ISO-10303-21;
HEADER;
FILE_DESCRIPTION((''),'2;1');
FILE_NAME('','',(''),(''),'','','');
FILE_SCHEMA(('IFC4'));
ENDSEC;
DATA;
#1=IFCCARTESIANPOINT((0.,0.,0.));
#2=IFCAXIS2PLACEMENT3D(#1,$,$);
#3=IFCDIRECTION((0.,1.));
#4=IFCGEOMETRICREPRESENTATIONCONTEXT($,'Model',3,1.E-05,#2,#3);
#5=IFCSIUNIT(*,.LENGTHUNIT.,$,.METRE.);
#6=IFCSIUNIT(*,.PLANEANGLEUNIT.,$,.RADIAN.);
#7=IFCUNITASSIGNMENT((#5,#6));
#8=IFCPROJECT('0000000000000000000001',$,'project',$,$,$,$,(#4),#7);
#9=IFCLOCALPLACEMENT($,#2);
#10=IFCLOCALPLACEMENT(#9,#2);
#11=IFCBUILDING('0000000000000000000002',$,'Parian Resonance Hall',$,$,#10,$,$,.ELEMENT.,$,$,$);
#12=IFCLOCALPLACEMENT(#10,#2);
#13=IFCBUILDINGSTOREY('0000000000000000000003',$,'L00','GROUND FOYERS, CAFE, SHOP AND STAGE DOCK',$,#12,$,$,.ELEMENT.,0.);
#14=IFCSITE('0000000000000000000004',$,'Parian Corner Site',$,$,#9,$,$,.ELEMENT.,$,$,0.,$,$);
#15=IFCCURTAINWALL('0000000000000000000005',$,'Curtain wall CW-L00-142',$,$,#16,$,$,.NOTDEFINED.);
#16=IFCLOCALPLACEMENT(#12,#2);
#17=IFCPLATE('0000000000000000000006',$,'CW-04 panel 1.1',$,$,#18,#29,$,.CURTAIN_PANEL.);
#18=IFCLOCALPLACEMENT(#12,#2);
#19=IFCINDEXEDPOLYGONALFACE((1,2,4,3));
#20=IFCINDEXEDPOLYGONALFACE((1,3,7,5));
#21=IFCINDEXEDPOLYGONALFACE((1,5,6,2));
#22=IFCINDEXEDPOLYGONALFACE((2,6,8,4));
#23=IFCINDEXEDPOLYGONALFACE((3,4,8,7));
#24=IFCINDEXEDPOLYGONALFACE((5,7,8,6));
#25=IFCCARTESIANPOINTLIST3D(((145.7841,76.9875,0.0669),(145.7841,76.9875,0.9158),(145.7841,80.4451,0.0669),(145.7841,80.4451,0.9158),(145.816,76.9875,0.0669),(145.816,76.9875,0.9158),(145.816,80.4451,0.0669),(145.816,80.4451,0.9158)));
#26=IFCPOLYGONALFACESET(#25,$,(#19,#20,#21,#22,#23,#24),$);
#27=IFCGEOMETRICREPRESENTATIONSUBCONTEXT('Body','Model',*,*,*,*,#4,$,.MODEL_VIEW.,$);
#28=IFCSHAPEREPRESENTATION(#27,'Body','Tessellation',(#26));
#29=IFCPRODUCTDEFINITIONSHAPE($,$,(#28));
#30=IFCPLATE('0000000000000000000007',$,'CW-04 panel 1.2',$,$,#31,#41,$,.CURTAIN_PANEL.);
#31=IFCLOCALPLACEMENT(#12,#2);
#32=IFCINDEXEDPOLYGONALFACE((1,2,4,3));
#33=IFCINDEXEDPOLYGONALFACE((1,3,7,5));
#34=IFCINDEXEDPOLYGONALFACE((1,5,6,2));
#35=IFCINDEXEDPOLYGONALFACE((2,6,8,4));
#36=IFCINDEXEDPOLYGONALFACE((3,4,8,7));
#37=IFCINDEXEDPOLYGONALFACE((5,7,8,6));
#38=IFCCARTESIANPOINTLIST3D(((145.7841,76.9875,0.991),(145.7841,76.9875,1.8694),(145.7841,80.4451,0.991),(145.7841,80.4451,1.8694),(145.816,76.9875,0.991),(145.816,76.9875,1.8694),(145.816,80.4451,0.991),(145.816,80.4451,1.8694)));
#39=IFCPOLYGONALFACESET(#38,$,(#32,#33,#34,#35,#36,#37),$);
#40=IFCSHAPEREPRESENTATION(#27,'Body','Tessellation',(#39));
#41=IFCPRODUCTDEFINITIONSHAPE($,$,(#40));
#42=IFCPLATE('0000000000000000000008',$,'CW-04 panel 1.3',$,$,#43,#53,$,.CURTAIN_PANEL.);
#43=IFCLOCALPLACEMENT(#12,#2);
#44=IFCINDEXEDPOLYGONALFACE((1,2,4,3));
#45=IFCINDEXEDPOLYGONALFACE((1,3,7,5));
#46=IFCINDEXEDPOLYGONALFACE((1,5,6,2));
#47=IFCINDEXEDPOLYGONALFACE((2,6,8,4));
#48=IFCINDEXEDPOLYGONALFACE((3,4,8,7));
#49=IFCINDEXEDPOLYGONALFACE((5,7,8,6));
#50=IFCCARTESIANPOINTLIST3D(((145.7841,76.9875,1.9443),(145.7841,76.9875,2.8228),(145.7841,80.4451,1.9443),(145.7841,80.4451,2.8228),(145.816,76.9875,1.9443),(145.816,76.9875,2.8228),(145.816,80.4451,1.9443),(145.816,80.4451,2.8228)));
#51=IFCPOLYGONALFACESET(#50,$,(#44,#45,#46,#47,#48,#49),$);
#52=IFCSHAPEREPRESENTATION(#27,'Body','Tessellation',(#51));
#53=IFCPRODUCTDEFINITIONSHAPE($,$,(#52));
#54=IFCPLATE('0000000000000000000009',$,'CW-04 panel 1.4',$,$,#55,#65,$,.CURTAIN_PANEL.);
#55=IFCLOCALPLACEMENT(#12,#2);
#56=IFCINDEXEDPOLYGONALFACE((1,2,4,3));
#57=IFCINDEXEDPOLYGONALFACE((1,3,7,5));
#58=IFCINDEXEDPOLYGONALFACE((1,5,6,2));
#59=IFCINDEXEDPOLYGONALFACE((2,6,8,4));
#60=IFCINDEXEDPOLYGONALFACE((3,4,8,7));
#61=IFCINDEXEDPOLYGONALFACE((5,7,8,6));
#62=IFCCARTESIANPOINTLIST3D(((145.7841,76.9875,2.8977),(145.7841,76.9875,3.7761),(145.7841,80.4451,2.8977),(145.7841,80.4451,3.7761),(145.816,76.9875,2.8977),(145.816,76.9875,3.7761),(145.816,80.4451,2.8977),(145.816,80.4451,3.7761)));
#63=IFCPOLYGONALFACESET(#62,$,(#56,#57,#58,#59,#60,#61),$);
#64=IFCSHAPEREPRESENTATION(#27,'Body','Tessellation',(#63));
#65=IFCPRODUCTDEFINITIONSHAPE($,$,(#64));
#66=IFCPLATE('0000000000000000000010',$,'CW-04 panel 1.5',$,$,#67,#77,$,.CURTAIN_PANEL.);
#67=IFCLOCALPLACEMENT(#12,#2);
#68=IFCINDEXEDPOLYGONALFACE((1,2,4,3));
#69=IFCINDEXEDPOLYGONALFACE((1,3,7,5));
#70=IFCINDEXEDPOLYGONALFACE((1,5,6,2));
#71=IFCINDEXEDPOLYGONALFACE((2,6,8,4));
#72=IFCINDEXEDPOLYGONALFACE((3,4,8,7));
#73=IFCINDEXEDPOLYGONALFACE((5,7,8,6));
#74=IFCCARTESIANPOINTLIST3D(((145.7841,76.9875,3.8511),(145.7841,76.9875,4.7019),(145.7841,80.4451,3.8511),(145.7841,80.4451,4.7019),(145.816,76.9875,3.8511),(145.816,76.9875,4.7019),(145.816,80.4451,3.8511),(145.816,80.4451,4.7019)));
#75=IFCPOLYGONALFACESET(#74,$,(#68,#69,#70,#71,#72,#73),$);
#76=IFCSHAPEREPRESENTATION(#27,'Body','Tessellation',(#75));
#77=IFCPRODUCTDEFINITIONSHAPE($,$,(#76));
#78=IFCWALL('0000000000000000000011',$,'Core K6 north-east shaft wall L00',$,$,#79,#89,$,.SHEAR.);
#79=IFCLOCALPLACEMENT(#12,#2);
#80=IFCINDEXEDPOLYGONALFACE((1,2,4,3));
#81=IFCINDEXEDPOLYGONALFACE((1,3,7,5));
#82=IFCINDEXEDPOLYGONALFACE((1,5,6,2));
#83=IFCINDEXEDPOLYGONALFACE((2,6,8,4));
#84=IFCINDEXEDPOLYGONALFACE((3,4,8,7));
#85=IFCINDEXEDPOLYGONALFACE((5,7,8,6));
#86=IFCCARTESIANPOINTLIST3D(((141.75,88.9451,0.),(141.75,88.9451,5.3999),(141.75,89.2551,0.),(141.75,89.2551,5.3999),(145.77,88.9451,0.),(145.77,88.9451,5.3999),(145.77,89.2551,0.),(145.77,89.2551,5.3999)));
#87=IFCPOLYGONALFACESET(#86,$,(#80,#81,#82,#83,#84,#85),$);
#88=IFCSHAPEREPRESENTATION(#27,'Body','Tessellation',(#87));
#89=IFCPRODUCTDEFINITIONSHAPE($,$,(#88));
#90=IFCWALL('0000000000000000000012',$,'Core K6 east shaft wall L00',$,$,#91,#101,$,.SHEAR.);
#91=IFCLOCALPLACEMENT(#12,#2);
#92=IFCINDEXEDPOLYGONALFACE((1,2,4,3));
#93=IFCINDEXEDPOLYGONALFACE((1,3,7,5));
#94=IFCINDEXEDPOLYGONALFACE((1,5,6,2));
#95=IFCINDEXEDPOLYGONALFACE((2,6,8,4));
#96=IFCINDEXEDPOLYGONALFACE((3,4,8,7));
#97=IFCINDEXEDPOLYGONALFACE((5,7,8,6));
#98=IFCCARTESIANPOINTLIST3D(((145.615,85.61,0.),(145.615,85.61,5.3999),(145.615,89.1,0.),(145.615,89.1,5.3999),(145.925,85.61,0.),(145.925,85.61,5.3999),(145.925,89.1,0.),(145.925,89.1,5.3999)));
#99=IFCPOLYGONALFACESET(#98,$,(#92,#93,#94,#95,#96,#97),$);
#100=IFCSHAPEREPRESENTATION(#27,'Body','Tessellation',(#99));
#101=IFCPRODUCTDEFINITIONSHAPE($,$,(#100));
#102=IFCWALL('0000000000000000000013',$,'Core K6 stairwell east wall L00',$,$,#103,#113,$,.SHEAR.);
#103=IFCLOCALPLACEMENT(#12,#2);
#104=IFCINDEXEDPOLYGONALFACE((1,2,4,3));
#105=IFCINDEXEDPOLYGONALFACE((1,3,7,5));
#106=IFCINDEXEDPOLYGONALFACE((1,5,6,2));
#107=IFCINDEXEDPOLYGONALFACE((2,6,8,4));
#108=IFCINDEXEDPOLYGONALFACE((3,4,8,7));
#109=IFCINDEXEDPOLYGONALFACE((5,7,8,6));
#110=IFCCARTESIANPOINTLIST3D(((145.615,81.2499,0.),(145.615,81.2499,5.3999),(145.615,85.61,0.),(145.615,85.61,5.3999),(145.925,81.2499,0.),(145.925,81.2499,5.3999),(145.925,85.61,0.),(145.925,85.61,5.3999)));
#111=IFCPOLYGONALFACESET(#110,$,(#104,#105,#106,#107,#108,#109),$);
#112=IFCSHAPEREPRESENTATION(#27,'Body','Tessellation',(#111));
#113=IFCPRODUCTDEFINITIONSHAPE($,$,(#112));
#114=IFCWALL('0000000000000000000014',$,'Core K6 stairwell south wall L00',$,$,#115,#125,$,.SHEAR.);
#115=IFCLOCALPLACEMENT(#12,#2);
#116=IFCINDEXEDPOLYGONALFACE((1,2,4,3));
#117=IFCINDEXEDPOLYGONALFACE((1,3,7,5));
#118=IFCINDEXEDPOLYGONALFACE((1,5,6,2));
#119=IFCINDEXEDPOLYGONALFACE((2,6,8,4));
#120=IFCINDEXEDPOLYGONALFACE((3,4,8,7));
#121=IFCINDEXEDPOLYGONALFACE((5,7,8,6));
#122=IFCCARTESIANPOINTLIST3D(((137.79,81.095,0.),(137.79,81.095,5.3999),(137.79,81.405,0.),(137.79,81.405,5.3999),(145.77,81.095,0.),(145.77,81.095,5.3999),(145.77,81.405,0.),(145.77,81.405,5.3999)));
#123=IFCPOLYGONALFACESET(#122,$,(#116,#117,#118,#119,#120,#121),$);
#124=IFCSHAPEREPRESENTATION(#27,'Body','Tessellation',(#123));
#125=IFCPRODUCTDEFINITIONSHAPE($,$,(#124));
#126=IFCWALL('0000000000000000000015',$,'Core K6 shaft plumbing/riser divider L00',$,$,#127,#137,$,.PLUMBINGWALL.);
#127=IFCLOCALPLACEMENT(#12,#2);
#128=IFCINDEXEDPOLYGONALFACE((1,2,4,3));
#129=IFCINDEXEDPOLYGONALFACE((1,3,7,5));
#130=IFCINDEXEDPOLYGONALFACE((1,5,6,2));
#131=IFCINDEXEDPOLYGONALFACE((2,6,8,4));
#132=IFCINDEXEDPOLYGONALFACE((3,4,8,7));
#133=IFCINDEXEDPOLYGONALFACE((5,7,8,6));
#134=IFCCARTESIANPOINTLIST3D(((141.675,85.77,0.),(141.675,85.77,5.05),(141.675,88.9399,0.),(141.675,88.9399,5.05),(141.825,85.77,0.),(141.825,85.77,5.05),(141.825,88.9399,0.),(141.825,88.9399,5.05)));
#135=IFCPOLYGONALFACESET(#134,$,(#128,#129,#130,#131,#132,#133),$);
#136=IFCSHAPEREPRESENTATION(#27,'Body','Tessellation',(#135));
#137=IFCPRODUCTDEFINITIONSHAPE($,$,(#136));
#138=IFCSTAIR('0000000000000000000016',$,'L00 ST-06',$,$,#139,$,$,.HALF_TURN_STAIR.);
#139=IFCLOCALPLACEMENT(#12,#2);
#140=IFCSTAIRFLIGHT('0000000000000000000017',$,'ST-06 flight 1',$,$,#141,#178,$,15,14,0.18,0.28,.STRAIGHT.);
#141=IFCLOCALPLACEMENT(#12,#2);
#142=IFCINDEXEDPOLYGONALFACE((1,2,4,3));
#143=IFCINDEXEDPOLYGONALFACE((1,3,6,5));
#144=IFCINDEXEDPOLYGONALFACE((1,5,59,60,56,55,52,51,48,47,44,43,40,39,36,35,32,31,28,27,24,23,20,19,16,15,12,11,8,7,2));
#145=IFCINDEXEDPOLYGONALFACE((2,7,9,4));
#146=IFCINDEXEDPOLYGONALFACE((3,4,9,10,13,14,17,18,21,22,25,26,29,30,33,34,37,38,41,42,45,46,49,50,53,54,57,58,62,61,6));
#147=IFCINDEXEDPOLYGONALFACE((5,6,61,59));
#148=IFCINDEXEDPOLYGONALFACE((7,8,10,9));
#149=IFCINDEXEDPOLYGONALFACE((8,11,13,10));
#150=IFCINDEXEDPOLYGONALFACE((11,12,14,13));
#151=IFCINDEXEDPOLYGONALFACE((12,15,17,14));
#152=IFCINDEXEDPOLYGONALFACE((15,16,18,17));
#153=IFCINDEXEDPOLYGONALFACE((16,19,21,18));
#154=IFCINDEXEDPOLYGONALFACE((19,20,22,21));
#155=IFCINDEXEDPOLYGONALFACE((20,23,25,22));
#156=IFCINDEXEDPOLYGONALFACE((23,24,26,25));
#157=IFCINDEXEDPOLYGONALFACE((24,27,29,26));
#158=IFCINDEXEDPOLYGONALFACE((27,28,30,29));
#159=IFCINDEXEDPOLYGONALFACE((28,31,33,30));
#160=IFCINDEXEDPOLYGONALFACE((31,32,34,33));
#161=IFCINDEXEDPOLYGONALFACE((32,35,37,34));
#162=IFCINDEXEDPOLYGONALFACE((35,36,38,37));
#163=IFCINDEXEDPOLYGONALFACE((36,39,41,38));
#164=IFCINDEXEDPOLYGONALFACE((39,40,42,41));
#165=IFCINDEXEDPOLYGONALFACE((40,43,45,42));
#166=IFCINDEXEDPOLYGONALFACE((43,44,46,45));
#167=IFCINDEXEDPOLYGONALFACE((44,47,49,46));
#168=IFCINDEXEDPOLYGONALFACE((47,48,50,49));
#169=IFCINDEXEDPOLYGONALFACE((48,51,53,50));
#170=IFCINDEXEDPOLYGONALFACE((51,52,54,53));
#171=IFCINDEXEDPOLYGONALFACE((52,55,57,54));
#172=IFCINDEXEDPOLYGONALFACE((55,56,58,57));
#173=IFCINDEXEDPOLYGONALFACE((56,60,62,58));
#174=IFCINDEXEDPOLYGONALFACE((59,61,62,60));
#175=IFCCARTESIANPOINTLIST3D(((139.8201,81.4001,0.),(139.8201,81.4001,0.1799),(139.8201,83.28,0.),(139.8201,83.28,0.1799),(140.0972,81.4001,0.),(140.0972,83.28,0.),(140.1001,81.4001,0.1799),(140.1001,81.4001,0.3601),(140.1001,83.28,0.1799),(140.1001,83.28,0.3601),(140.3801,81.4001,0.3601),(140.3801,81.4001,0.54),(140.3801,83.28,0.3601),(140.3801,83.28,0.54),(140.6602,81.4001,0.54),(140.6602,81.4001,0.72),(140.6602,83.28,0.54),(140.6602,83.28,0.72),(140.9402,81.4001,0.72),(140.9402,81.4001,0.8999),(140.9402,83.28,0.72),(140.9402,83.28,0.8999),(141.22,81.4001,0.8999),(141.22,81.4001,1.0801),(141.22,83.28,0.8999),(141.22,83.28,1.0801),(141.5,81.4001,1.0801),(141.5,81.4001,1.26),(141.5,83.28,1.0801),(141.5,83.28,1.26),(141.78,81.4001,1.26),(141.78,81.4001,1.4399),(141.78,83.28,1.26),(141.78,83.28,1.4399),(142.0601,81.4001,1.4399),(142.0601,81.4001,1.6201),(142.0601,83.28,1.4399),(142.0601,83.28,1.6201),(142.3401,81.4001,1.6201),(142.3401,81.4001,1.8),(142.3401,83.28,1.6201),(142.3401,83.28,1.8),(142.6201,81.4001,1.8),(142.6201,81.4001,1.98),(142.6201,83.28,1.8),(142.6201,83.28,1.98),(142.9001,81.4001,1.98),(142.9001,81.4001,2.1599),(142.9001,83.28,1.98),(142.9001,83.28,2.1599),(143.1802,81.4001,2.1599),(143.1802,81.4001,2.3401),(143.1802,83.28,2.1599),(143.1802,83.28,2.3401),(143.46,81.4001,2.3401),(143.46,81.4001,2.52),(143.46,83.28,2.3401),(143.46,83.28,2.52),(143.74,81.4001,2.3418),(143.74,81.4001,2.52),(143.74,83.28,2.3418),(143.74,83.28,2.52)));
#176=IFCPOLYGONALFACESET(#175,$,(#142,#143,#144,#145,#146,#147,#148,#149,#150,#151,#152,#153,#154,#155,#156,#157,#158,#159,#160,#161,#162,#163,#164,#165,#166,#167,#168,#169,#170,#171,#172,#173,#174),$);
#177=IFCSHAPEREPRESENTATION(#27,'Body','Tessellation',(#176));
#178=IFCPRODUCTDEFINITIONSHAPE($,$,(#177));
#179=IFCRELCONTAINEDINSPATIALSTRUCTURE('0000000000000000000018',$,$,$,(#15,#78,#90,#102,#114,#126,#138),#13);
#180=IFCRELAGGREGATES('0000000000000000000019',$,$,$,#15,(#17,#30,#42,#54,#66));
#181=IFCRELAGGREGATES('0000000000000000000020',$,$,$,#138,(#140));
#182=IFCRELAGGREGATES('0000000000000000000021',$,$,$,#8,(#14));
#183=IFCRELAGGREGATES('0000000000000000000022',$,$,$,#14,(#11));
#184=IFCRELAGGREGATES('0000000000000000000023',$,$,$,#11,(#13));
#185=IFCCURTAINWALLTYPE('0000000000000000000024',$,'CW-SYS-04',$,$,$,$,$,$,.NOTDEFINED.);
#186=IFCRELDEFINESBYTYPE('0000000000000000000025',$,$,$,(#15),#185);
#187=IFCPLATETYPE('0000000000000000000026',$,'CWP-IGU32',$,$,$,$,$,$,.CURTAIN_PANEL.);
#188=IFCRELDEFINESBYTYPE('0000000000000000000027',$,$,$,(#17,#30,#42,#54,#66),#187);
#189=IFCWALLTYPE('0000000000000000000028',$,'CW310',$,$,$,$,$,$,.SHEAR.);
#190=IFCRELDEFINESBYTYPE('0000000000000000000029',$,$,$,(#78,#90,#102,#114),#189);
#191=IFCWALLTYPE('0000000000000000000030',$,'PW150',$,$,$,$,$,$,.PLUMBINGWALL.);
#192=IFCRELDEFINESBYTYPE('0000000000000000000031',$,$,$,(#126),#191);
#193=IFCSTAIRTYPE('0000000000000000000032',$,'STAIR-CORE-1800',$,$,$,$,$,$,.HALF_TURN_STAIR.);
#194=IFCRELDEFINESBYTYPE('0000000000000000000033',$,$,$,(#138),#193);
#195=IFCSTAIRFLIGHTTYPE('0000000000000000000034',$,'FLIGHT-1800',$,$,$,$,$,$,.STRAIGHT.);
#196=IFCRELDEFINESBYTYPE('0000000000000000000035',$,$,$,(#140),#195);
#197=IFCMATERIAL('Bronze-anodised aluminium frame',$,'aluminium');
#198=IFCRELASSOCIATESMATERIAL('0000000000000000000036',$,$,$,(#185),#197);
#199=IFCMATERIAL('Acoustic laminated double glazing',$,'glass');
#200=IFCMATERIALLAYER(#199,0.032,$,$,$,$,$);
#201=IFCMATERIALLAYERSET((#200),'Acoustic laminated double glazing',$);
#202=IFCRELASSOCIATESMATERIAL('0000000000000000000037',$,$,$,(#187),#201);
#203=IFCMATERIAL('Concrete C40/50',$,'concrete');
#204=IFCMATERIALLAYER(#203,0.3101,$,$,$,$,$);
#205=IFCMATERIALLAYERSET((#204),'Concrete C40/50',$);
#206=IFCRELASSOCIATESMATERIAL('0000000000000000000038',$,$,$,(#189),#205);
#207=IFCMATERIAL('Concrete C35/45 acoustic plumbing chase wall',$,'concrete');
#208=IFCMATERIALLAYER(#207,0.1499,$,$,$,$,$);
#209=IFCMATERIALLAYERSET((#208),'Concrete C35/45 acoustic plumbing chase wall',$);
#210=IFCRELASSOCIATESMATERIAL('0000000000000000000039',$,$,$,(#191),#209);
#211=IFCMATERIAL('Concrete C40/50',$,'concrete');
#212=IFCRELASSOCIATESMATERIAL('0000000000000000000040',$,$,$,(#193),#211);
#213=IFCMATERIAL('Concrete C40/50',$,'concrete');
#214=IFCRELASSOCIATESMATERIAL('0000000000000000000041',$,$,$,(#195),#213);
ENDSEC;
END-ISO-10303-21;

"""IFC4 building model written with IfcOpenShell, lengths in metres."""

from ifc_helpers import new_model, si_unit, direction, frame, frame_2d, origin, origin_2d, place, context, subcontext, project, spatial, polyline, rectangle, outline, extrude, material, layer, layer_set, type_object, element, aggregate, save


model = new_model("IFC4")

# Units and contexts
model_context = context("Model", 3, precision=1e-05, world=origin(), true_north=direction((0.0, 1.0)))
body_context = subcontext(model_context, "Body", "Model", "MODEL_VIEW")
ifc_project = project(units=[si_unit("LENGTHUNIT", "METRE"), si_unit("PLANEANGLEUNIT", "RADIAN")], contexts=[model_context])

# Site, building, storey
site_placement = place(None, origin())
site = spatial("IfcSite", under=ifc_project, at=site_placement, Name="Parian Corner Site", CompositionType="ELEMENT", RefElevation=0.0)
building_placement = place(site_placement, origin())
building = spatial("IfcBuilding", under=site, at=building_placement, Name="Parian Resonance Hall", CompositionType="ELEMENT")
storey_placement = place(building_placement, origin())
storey = spatial("IfcBuildingStorey", under=building, at=storey_placement, Name="L00", Description="GROUND FOYERS, CAFE, SHOP AND STAGE DOCK", CompositionType="ELEMENT", Elevation=0.0)

# Curtain wall, plates
ifc_material_1 = material(Name="Bronze-anodised aluminium frame", Category="aluminium")
curtain_wall_type = type_object("IfcCurtainWallType", Name="CW-SYS-04", PredefinedType="NOTDEFINED", material=ifc_material_1)
curtain_wall_placement = place(storey_placement, origin())
curtain_wall = element("IfcCurtainWall", 1, at=curtain_wall_placement, inside=storey, type_object=curtain_wall_type, Name="Curtain wall CW-L00-142", PredefinedType="NOTDEFINED")
ifc_material_2 = material(Name="Acoustic laminated double glazing", Category="glass")
ifc_layer_1 = layer(ifc_material_2, 0.032)
ifc_layer_set_1 = layer_set([ifc_layer_1], Name="Acoustic laminated double glazing")
plate_type = type_object("IfcPlateType", Name="CWP-IGU32", PredefinedType="CURTAIN_PANEL", material=ifc_layer_set_1)
plate_1_placement = place(storey_placement, frame((145.8, 78.7163, 0.0669), z_axis=(0.0, 0.0, 1.0), x_axis=(0.0, -1.0, 0.0)))
plate_1 = element("IfcPlate", 2, at=plate_1_placement, type_object=plate_type, Name="CW-04 panel 1.1", PredefinedType="CURTAIN_PANEL", context=body_context, shape_type="SweptSolid", body=[
    extrude(rectangle(XDim=3.4575, YDim=0.032, at=origin_2d()), origin(), (0.0, 0.0, 1.0), 0.8489),
])
plate_2_placement = place(storey_placement, frame((145.8, 78.7163, 0.991), z_axis=(0.0, 0.0, 1.0), x_axis=(0.0, -1.0, 0.0)))
plate_2 = element("IfcPlate", 3, at=plate_2_placement, type_object=plate_type, Name="CW-04 panel 1.2", PredefinedType="CURTAIN_PANEL", context=body_context, shape_type="SweptSolid", body=[
    extrude(rectangle(XDim=3.4575, YDim=0.032, at=origin_2d()), origin(), (0.0, 0.0, 1.0), 0.8784),
])
plate_3_placement = place(storey_placement, frame((145.8, 78.7163, 1.9443), z_axis=(0.0, 0.0, 1.0), x_axis=(0.0, -1.0, 0.0)))
plate_3 = element("IfcPlate", 4, at=plate_3_placement, type_object=plate_type, Name="CW-04 panel 1.3", PredefinedType="CURTAIN_PANEL", context=body_context, shape_type="SweptSolid", body=[
    extrude(rectangle(XDim=3.4575, YDim=0.032, at=origin_2d()), origin(), (0.0, 0.0, 1.0), 0.8784),
])
plate_4_placement = place(storey_placement, frame((145.8, 78.7163, 2.8977), z_axis=(0.0, 0.0, 1.0), x_axis=(0.0, -1.0, 0.0)))
plate_4 = element("IfcPlate", 5, at=plate_4_placement, type_object=plate_type, Name="CW-04 panel 1.4", PredefinedType="CURTAIN_PANEL", context=body_context, shape_type="SweptSolid", body=[
    extrude(rectangle(XDim=3.4575, YDim=0.032, at=origin_2d()), origin(), (0.0, 0.0, 1.0), 0.8784),
])
plate_5_placement = place(storey_placement, frame((145.8, 78.7163, 3.8511), z_axis=(0.0, 0.0, 1.0), x_axis=(0.0, -1.0, 0.0)))
plate_5 = element("IfcPlate", 6, at=plate_5_placement, type_object=plate_type, Name="CW-04 panel 1.5", PredefinedType="CURTAIN_PANEL", context=body_context, shape_type="SweptSolid", body=[
    extrude(rectangle(XDim=3.4575, YDim=0.032, at=origin_2d()), origin(), (0.0, 0.0, 1.0), 0.8508),
])
aggregate(curtain_wall, [plate_1, plate_2, plate_3, plate_4, plate_5])

# Walls
ifc_material_3 = material(Name="Concrete C40/50", Category="concrete")
ifc_layer_2 = layer(ifc_material_3, 0.3101)
ifc_layer_set_2 = layer_set([ifc_layer_2], Name="Concrete C40/50")
wall_type_1 = type_object("IfcWallType", Name="CW310", PredefinedType="SHEAR", material=ifc_layer_set_2)
wall_1_placement = place(storey_placement, frame((141.75, 89.1001, 0.0), z_axis=(0.0, 0.0, 1.0), x_axis=(1.0, 0.0, 0.0)))
element("IfcWall", 7, at=wall_1_placement, inside=storey, type_object=wall_type_1, Name="Core K6 north-east shaft wall L00", PredefinedType="SHEAR", context=body_context, shape_type="SweptSolid", body=[
    extrude(rectangle(XDim=4.02, YDim=0.3101, at=frame_2d((2.01, 0.0))), origin(), (0.0, 0.0, 1.0), 5.3999),
])
wall_2_placement = place(storey_placement, frame((145.77, 89.1001, 0.0), z_axis=(0.0, 0.0, 1.0), x_axis=(0.0, -1.0, 0.0)))
element("IfcWall", 8, at=wall_2_placement, inside=storey, type_object=wall_type_1, Name="Core K6 east shaft wall L00", PredefinedType="SHEAR", context=body_context, shape_type="SweptSolid", body=[
    extrude(rectangle(XDim=3.49, YDim=0.3101, at=frame_2d((1.7451, 0.0))), origin(), (0.0, 0.0, 1.0), 5.3999),
])
wall_3_placement = place(storey_placement, frame((145.77, 85.6101, 0.0), z_axis=(0.0, 0.0, 1.0), x_axis=(0.0, -1.0, 0.0)))
element("IfcWall", 9, at=wall_3_placement, inside=storey, type_object=wall_type_1, Name="Core K6 stairwell east wall L00", PredefinedType="SHEAR", context=body_context, shape_type="SweptSolid", body=[
    extrude(rectangle(XDim=4.3601, YDim=0.3101, at=frame_2d((2.1802, 0.0))), origin(), (0.0, 0.0, 1.0), 5.3999),
])
wall_4_placement = place(storey_placement, frame((145.77, 81.25, 0.0), z_axis=(0.0, 0.0, 1.0), x_axis=(-1.0, 0.0, 0.0)))
element("IfcWall", 10, at=wall_4_placement, inside=storey, type_object=wall_type_1, Name="Core K6 stairwell south wall L00", PredefinedType="SHEAR", context=body_context, shape_type="SweptSolid", body=[
    extrude(rectangle(XDim=7.98, YDim=0.3101, at=frame_2d((3.99, 0.0))), origin(), (0.0, 0.0, 1.0), 5.3999),
])
ifc_material_4 = material(Name="Concrete C35/45 acoustic plumbing chase wall", Category="concrete")
ifc_layer_3 = layer(ifc_material_4, 0.1499)
ifc_layer_set_3 = layer_set([ifc_layer_3], Name="Concrete C35/45 acoustic plumbing chase wall")
wall_type_2 = type_object("IfcWallType", Name="PW150", PredefinedType="PLUMBINGWALL", material=ifc_layer_set_3)
wall_5_placement = place(storey_placement, frame((141.75, 85.77, 0.0), z_axis=(0.0, 0.0, 1.0), x_axis=(0.0, 1.0, 0.0)))
element("IfcWall", 11, at=wall_5_placement, inside=storey, type_object=wall_type_2, Name="Core K6 shaft plumbing/riser divider L00", PredefinedType="PLUMBINGWALL", context=body_context, shape_type="SweptSolid", body=[
    extrude(rectangle(XDim=3.1699, YDim=0.1499, at=frame_2d((1.585, 0.0))), origin(), (0.0, 0.0, 1.0), 5.05),
])

# Stair, stair flight
ifc_material_5 = material(Name="Concrete C40/50", Category="concrete")
stair_type = type_object("IfcStairType", Name="STAIR-CORE-1800", PredefinedType="HALF_TURN_STAIR", material=ifc_material_5)
stair_placement = place(storey_placement, origin())
stair = element("IfcStair", 12, at=stair_placement, inside=storey, type_object=stair_type, Name="L00 ST-06", PredefinedType="HALF_TURN_STAIR")
ifc_material_6 = material(Name="Concrete C40/50", Category="concrete")
stair_flight_type = type_object("IfcStairFlightType", Name="FLIGHT-1800", PredefinedType="STRAIGHT", material=ifc_material_6)
stair_flight_1_placement = place(storey_placement, frame((139.8201, 82.3401, 0.0), z_axis=(0.0, 0.0, 1.0), x_axis=(1.0, 0.0, 0.0)))
stair_flight_1 = element("IfcStairFlight", 13, at=stair_flight_1_placement, type_object=stair_flight_type, Name="ST-06 flight 1", NumberOfRisers=15, NumberOfTreads=14, PredefinedType="STRAIGHT", RiserHeight=0.18, TreadLength=0.28, context=body_context, shape_type="SweptSolid", body=[
    extrude(outline(polyline([(0.0, 0.0), (0.0, 0.1799), (0.28, 0.1799), (0.28, 0.3601), (0.5601, 0.3601), (0.5601, 0.54), (0.8401, 0.54), (0.8401, 0.72), (1.1201, 0.72), (1.1201, 0.8999), (1.3999, 0.8999), (1.3999, 1.0801), (1.6799, 1.0801), (1.6799, 1.26), (1.96, 1.26), (1.96, 1.4399), (2.24, 1.4399), (2.24, 1.6201), (2.52, 1.6201), (2.52, 1.8), (2.8, 1.8), (2.8, 1.98), (3.0801, 1.98), (3.0801, 2.1599), (3.3601, 2.1599), (3.3601, 2.3401), (3.6399, 2.3401), (3.6399, 2.52), (3.9199, 2.52), (3.9199, 2.7), (3.9199, 2.3418), (0.2771, 0.0), (0.0, 0.0)])), frame((0.0, 0.9399, 0.0), z_axis=(0.0, -1.0, 0.0), x_axis=(1.0, 0.0, 0.0)), (0.0, 0.0, 1.0), 1.8799),
])
aggregate(stair, [stair_flight_1])

save(model, "model.ifc")
